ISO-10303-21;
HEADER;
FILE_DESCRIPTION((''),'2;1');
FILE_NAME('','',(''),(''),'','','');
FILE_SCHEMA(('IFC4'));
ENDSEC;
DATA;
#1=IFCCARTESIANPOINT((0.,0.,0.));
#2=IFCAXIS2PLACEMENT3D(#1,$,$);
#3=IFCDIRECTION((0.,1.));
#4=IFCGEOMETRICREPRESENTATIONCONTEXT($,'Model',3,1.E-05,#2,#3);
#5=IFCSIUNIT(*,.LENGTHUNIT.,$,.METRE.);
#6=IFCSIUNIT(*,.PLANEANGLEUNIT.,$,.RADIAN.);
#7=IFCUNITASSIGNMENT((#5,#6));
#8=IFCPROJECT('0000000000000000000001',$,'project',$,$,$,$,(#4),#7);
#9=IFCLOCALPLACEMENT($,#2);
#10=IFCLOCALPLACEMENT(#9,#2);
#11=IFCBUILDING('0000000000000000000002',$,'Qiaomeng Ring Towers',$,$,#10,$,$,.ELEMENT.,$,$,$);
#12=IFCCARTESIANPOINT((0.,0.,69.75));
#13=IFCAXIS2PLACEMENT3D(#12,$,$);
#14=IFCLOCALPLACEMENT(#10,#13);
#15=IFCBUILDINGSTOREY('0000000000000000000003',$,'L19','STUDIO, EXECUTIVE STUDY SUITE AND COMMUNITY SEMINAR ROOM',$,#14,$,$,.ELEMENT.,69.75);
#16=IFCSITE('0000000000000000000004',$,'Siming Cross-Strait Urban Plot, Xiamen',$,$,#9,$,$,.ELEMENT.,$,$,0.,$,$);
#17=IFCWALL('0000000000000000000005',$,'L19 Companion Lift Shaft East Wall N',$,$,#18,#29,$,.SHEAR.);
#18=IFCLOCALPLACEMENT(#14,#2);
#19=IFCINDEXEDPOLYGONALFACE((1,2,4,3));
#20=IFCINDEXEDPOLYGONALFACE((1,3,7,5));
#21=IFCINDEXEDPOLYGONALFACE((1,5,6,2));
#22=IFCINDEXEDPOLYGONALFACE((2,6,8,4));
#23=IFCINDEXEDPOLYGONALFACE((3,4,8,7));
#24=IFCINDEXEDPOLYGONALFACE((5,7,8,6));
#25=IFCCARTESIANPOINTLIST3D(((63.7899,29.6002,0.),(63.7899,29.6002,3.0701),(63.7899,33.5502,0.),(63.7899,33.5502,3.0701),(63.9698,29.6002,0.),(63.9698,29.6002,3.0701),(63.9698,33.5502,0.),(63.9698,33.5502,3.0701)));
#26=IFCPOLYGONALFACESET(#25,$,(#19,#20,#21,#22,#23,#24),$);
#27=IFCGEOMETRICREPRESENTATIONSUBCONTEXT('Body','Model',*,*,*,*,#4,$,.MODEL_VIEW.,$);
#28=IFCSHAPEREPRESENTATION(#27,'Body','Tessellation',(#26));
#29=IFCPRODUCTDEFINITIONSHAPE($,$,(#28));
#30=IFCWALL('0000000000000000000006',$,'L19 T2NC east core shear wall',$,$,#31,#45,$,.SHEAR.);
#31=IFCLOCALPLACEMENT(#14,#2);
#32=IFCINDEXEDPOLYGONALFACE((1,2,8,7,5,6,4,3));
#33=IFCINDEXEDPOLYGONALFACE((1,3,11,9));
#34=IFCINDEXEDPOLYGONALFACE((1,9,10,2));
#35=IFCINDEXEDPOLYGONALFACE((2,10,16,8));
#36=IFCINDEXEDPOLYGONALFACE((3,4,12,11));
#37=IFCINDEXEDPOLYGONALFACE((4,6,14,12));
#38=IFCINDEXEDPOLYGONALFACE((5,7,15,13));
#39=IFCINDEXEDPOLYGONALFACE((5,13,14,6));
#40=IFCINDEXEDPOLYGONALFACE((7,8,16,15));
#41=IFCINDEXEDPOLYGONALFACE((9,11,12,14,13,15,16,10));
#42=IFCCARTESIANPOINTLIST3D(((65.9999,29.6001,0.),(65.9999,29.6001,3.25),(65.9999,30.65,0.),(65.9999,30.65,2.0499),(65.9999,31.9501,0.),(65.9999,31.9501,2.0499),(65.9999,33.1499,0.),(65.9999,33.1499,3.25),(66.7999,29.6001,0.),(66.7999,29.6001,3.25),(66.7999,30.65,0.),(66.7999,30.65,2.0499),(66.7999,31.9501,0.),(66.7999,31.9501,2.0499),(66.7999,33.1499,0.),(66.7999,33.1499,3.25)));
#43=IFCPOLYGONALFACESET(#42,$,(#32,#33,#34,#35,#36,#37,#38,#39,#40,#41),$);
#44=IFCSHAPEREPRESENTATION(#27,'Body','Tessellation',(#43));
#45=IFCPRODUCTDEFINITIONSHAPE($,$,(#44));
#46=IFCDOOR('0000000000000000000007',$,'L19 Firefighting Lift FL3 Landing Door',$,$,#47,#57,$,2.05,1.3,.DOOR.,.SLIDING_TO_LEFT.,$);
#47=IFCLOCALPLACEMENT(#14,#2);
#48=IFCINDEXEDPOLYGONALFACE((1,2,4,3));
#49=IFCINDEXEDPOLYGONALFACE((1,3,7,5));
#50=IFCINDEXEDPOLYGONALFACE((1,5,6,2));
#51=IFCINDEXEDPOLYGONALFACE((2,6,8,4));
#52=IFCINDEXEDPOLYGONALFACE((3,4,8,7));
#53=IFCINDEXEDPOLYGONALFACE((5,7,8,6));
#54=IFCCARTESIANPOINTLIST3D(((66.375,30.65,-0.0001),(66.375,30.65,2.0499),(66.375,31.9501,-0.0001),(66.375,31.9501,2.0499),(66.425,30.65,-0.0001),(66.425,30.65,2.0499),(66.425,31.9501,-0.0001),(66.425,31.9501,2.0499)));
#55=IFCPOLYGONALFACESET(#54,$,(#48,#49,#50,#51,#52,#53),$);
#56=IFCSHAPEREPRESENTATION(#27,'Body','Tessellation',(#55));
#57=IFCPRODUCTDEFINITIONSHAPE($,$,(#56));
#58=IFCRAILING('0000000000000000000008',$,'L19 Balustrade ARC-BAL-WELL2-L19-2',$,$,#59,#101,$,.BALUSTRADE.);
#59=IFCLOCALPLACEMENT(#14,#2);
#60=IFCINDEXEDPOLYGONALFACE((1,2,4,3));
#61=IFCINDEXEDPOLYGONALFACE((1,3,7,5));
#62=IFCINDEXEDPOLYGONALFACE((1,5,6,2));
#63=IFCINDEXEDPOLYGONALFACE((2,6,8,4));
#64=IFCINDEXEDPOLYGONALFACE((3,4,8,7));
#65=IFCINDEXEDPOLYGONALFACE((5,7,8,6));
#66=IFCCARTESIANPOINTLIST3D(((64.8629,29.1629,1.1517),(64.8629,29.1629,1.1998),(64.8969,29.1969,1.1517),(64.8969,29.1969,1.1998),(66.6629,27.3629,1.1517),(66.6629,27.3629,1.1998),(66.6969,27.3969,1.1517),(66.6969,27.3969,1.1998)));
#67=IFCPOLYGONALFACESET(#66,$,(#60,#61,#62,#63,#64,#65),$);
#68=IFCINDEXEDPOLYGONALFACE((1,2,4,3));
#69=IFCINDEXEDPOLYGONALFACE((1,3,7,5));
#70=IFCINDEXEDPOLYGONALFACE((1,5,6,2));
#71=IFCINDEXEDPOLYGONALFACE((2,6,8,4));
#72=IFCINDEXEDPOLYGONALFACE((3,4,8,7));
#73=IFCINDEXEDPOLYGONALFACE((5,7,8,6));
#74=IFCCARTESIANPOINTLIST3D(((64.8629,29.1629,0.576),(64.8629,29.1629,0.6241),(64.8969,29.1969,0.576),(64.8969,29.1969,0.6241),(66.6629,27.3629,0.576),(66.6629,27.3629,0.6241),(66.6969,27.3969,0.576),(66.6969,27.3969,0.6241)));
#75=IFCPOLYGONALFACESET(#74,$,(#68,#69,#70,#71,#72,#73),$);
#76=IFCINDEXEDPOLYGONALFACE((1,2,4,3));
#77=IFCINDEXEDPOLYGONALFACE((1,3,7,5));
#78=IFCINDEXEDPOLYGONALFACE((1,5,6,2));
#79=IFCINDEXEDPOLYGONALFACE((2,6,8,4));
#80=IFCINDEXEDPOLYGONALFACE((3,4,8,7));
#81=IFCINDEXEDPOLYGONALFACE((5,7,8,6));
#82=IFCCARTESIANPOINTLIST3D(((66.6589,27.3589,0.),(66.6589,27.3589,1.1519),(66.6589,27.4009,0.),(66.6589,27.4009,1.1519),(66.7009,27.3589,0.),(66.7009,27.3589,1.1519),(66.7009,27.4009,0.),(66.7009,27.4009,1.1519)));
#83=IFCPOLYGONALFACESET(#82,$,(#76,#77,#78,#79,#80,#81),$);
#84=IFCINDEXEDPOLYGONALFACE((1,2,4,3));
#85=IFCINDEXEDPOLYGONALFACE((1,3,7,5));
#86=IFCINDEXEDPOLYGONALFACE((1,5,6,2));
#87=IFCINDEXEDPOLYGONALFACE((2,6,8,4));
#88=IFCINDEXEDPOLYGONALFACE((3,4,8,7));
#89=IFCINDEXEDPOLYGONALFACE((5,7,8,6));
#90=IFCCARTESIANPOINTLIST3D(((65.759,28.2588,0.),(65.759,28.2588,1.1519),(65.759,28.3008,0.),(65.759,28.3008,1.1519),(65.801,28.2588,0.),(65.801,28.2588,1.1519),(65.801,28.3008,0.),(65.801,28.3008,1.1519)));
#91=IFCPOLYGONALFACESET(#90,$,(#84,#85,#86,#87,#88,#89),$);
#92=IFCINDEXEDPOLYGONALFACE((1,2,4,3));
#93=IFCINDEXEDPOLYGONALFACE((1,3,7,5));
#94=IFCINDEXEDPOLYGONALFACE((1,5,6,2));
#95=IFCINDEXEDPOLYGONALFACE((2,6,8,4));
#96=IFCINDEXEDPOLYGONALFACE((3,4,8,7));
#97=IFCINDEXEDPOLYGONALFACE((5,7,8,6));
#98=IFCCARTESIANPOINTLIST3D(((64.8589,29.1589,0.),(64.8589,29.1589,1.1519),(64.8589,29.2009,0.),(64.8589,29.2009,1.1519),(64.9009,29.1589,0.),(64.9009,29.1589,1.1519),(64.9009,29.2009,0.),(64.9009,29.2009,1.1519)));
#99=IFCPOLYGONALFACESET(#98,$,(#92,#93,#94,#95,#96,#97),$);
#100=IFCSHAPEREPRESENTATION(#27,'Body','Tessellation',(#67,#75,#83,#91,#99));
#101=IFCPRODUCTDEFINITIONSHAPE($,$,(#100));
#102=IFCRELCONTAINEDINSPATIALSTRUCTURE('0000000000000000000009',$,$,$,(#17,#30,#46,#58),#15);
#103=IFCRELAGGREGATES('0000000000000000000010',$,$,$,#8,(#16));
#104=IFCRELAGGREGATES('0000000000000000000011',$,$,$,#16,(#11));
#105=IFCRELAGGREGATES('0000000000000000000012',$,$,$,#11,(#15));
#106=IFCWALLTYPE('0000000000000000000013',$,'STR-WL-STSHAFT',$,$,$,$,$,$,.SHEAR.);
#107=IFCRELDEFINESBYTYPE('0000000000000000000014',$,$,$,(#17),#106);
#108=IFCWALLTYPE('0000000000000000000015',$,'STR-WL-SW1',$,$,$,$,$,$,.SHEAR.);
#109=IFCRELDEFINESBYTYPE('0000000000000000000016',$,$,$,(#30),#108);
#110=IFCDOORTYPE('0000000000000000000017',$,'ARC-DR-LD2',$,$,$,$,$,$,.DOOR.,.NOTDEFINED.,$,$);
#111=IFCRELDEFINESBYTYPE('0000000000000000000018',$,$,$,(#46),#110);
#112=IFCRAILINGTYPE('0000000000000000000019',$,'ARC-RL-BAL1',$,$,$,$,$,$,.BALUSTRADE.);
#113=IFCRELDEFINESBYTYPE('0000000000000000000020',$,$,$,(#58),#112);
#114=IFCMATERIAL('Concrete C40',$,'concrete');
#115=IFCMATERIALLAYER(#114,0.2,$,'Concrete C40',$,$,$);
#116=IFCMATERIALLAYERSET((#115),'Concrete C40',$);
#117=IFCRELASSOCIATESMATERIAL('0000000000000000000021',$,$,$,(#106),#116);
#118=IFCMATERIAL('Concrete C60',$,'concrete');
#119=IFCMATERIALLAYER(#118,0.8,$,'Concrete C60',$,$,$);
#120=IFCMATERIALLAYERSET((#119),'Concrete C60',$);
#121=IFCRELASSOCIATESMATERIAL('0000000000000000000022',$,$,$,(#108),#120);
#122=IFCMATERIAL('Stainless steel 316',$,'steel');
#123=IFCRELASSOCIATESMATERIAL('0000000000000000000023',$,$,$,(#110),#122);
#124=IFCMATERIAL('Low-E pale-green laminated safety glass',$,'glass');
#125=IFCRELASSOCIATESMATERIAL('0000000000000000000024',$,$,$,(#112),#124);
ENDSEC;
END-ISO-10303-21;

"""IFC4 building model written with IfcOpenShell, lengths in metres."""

from ifc_helpers import new_model, si_unit, direction, frame, frame_2d, origin, origin_2d, place, context, subcontext, project, spatial, rectangle, extrude, source, transform, mapped, material, layer, layer_set, type_object, element, fill, save


model = new_model("IFC4")

# Units and contexts
model_context = context("Model", 3, precision=1e-05, world=origin(), true_north=direction((0.0, 1.0)))
body_context = subcontext(model_context, "Body", "Model", "MODEL_VIEW")
ifc_project = project(units=[si_unit("LENGTHUNIT", "METRE"), si_unit("PLANEANGLEUNIT", "RADIAN")], contexts=[model_context])

# Site, building, storey
site_placement = place(None, origin())
site = spatial("IfcSite", under=ifc_project, at=site_placement, Name="Siming Cross-Strait Urban Plot, Xiamen", CompositionType="ELEMENT", RefElevation=0.0)
building_placement = place(site_placement, origin())
building = spatial("IfcBuilding", under=site, at=building_placement, Name="Qiaomeng Ring Towers", CompositionType="ELEMENT")
storey_placement = place(building_placement, frame((0.0, 0.0, 69.75)))
storey = spatial("IfcBuildingStorey", under=building, at=storey_placement, Name="L19", Description="STUDIO, EXECUTIVE STUDY SUITE AND COMMUNITY SEMINAR ROOM", CompositionType="ELEMENT", Elevation=69.75)

# Wall
ifc_material_1 = material(Name="Concrete C40", Category="concrete")
ifc_layer_1 = layer(ifc_material_1, 0.2, Name="Concrete C40")
ifc_layer_set_1 = layer_set([ifc_layer_1], Name="Concrete C40")
wall_type_1 = type_object("IfcWallType", Name="STR-WL-STSHAFT", PredefinedType="SHEAR", material=ifc_layer_set_1)
wall_1_placement = place(storey_placement, frame((63.8799, 29.6001, 0.0), z_axis=(0.0, 0.0, 1.0), x_axis=(0.0, 1.0, 0.0)))
element("IfcWall", 1, at=wall_1_placement, inside=storey, type_object=wall_type_1, Name="L19 Companion Lift Shaft East Wall N", PredefinedType="SHEAR", context=body_context, shape_type="SweptSolid", body=[
    extrude(rectangle(XDim=3.95, YDim=0.1799, at=frame_2d((1.9751, 0.0))), origin(), (0.0, 0.0, 1.0), 3.0701),
])

# Wall, opening, door
ifc_material_2 = material(Name="Concrete C60", Category="concrete")
ifc_layer_2 = layer(ifc_material_2, 0.8, Name="Concrete C60")
ifc_layer_set_2 = layer_set([ifc_layer_2], Name="Concrete C60")
wall_type_2 = type_object("IfcWallType", Name="STR-WL-SW1", PredefinedType="SHEAR", material=ifc_layer_set_2)
wall_2_placement = place(storey_placement, frame((66.3999, 29.6001, 0.0), z_axis=(0.0, 0.0, 1.0), x_axis=(0.0, 1.0, 0.0)))
wall_2 = element("IfcWall", 2, at=wall_2_placement, inside=storey, type_object=wall_type_2, Name="L19 T2NC east core shear wall", PredefinedType="SHEAR", context=body_context, shape_type="SweptSolid", body=[
    extrude(rectangle(XDim=3.5498, YDim=0.8, at=frame_2d((1.7749, 0.0))), origin(), (0.0, 0.0, 1.0), 3.25),
])
opening_1_placement = place(wall_2_placement, frame((1.05, 0.0, 0.0)))
opening_1 = element("IfcOpeningElement", 3, at=opening_1_placement, cuts=wall_2, PredefinedType="OPENING", context=body_context, shape_type="SweptSolid", body=[
    extrude(rectangle(XDim=1.3, YDim=2.05, at=frame_2d((0.6499, 1.0249))), frame((0.0, 0.4099, 0.0), z_axis=(0.0, -1.0, 0.0), x_axis=(1.0, 0.0, 0.0)), (0.0, 0.0, 1.0), 0.8201),
])
ifc_material_3 = material(Name="Stainless steel 316", Category="steel")
door_type_1 = type_object("IfcDoorType", Name="ARC-DR-LD2", OperationType="NOTDEFINED", PredefinedType="DOOR", material=ifc_material_3)
shared_shape_1 = source(origin(), body_context, "Body", "SweptSolid", [
    extrude(rectangle(XDim=1.3, YDim=2.05, at=frame_2d((0.6499, 1.0249))), frame((0.0, 0.0249, 0.0), z_axis=(0.0, -1.0, 0.0), x_axis=(1.0, 0.0, 0.0)), (0.0, 0.0, 1.0), 0.05),
])
door_1_placement = place(opening_1_placement, origin())
door_1 = element("IfcDoor", 4, at=door_1_placement, inside=storey, type_object=door_type_1, Name="L19 Firefighting Lift FL3 Landing Door", OperationType="SLIDING_TO_LEFT", OverallHeight=2.05, OverallWidth=1.3, PredefinedType="DOOR", context=body_context, shape_type="MappedRepresentation", body=[
    mapped(shared_shape_1, transform((0.0, 0.0, 0.0), x_axis=(1.0, 0.0, 0.0), y_axis=(0.0, 1.0, 0.0), z_axis=(0.0, 0.0, 1.0), scale=1.0)),
])
fill(opening_1, door_1)

# Railing
ifc_material_4 = material(Name="Low-E pale-green laminated safety glass", Category="glass")
railing_type = type_object("IfcRailingType", Name="ARC-RL-BAL1", PredefinedType="BALUSTRADE", material=ifc_material_4)
railing_1_placement = place(storey_placement, frame((66.6799, 27.3799, 0.0)))
element("IfcRailing", 5, at=railing_1_placement, inside=storey, type_object=railing_type, Name="L19 Balustrade ARC-BAL-WELL2-L19-2", PredefinedType="BALUSTRADE", context=body_context, shape_type="SweptSolid", body=[
    extrude(rectangle(XDim=0.0481, YDim=0.0481, at=origin_2d()), frame((0.0, 0.0, 1.1758), z_axis=(-0.707107, 0.707107, 0.0), x_axis=(-0.707107, -0.707107, 0.0)), (0.0, 0.0, 1.0), 2.5457),
    extrude(rectangle(XDim=0.0481, YDim=0.0481, at=origin_2d()), frame((0.0, 0.0, 0.6001), z_axis=(-0.707107, 0.707107, 0.0), x_axis=(-0.707107, -0.707107, 0.0)), (0.0, 0.0, 1.0), 2.5457),
    extrude(rectangle(XDim=0.042, YDim=0.042, at=origin_2d()), origin(), (0.0, 0.0, 1.0), 1.1519),
    extrude(rectangle(XDim=0.042, YDim=0.042, at=origin_2d()), frame((-0.8999, 0.8999, 0.0)), (0.0, 0.0, 1.0), 1.1519),
    extrude(rectangle(XDim=0.042, YDim=0.042, at=origin_2d()), frame((-1.8, 1.8, 0.0)), (0.0, 0.0, 1.0), 1.1519),
])

save(model, "model.ifc")
